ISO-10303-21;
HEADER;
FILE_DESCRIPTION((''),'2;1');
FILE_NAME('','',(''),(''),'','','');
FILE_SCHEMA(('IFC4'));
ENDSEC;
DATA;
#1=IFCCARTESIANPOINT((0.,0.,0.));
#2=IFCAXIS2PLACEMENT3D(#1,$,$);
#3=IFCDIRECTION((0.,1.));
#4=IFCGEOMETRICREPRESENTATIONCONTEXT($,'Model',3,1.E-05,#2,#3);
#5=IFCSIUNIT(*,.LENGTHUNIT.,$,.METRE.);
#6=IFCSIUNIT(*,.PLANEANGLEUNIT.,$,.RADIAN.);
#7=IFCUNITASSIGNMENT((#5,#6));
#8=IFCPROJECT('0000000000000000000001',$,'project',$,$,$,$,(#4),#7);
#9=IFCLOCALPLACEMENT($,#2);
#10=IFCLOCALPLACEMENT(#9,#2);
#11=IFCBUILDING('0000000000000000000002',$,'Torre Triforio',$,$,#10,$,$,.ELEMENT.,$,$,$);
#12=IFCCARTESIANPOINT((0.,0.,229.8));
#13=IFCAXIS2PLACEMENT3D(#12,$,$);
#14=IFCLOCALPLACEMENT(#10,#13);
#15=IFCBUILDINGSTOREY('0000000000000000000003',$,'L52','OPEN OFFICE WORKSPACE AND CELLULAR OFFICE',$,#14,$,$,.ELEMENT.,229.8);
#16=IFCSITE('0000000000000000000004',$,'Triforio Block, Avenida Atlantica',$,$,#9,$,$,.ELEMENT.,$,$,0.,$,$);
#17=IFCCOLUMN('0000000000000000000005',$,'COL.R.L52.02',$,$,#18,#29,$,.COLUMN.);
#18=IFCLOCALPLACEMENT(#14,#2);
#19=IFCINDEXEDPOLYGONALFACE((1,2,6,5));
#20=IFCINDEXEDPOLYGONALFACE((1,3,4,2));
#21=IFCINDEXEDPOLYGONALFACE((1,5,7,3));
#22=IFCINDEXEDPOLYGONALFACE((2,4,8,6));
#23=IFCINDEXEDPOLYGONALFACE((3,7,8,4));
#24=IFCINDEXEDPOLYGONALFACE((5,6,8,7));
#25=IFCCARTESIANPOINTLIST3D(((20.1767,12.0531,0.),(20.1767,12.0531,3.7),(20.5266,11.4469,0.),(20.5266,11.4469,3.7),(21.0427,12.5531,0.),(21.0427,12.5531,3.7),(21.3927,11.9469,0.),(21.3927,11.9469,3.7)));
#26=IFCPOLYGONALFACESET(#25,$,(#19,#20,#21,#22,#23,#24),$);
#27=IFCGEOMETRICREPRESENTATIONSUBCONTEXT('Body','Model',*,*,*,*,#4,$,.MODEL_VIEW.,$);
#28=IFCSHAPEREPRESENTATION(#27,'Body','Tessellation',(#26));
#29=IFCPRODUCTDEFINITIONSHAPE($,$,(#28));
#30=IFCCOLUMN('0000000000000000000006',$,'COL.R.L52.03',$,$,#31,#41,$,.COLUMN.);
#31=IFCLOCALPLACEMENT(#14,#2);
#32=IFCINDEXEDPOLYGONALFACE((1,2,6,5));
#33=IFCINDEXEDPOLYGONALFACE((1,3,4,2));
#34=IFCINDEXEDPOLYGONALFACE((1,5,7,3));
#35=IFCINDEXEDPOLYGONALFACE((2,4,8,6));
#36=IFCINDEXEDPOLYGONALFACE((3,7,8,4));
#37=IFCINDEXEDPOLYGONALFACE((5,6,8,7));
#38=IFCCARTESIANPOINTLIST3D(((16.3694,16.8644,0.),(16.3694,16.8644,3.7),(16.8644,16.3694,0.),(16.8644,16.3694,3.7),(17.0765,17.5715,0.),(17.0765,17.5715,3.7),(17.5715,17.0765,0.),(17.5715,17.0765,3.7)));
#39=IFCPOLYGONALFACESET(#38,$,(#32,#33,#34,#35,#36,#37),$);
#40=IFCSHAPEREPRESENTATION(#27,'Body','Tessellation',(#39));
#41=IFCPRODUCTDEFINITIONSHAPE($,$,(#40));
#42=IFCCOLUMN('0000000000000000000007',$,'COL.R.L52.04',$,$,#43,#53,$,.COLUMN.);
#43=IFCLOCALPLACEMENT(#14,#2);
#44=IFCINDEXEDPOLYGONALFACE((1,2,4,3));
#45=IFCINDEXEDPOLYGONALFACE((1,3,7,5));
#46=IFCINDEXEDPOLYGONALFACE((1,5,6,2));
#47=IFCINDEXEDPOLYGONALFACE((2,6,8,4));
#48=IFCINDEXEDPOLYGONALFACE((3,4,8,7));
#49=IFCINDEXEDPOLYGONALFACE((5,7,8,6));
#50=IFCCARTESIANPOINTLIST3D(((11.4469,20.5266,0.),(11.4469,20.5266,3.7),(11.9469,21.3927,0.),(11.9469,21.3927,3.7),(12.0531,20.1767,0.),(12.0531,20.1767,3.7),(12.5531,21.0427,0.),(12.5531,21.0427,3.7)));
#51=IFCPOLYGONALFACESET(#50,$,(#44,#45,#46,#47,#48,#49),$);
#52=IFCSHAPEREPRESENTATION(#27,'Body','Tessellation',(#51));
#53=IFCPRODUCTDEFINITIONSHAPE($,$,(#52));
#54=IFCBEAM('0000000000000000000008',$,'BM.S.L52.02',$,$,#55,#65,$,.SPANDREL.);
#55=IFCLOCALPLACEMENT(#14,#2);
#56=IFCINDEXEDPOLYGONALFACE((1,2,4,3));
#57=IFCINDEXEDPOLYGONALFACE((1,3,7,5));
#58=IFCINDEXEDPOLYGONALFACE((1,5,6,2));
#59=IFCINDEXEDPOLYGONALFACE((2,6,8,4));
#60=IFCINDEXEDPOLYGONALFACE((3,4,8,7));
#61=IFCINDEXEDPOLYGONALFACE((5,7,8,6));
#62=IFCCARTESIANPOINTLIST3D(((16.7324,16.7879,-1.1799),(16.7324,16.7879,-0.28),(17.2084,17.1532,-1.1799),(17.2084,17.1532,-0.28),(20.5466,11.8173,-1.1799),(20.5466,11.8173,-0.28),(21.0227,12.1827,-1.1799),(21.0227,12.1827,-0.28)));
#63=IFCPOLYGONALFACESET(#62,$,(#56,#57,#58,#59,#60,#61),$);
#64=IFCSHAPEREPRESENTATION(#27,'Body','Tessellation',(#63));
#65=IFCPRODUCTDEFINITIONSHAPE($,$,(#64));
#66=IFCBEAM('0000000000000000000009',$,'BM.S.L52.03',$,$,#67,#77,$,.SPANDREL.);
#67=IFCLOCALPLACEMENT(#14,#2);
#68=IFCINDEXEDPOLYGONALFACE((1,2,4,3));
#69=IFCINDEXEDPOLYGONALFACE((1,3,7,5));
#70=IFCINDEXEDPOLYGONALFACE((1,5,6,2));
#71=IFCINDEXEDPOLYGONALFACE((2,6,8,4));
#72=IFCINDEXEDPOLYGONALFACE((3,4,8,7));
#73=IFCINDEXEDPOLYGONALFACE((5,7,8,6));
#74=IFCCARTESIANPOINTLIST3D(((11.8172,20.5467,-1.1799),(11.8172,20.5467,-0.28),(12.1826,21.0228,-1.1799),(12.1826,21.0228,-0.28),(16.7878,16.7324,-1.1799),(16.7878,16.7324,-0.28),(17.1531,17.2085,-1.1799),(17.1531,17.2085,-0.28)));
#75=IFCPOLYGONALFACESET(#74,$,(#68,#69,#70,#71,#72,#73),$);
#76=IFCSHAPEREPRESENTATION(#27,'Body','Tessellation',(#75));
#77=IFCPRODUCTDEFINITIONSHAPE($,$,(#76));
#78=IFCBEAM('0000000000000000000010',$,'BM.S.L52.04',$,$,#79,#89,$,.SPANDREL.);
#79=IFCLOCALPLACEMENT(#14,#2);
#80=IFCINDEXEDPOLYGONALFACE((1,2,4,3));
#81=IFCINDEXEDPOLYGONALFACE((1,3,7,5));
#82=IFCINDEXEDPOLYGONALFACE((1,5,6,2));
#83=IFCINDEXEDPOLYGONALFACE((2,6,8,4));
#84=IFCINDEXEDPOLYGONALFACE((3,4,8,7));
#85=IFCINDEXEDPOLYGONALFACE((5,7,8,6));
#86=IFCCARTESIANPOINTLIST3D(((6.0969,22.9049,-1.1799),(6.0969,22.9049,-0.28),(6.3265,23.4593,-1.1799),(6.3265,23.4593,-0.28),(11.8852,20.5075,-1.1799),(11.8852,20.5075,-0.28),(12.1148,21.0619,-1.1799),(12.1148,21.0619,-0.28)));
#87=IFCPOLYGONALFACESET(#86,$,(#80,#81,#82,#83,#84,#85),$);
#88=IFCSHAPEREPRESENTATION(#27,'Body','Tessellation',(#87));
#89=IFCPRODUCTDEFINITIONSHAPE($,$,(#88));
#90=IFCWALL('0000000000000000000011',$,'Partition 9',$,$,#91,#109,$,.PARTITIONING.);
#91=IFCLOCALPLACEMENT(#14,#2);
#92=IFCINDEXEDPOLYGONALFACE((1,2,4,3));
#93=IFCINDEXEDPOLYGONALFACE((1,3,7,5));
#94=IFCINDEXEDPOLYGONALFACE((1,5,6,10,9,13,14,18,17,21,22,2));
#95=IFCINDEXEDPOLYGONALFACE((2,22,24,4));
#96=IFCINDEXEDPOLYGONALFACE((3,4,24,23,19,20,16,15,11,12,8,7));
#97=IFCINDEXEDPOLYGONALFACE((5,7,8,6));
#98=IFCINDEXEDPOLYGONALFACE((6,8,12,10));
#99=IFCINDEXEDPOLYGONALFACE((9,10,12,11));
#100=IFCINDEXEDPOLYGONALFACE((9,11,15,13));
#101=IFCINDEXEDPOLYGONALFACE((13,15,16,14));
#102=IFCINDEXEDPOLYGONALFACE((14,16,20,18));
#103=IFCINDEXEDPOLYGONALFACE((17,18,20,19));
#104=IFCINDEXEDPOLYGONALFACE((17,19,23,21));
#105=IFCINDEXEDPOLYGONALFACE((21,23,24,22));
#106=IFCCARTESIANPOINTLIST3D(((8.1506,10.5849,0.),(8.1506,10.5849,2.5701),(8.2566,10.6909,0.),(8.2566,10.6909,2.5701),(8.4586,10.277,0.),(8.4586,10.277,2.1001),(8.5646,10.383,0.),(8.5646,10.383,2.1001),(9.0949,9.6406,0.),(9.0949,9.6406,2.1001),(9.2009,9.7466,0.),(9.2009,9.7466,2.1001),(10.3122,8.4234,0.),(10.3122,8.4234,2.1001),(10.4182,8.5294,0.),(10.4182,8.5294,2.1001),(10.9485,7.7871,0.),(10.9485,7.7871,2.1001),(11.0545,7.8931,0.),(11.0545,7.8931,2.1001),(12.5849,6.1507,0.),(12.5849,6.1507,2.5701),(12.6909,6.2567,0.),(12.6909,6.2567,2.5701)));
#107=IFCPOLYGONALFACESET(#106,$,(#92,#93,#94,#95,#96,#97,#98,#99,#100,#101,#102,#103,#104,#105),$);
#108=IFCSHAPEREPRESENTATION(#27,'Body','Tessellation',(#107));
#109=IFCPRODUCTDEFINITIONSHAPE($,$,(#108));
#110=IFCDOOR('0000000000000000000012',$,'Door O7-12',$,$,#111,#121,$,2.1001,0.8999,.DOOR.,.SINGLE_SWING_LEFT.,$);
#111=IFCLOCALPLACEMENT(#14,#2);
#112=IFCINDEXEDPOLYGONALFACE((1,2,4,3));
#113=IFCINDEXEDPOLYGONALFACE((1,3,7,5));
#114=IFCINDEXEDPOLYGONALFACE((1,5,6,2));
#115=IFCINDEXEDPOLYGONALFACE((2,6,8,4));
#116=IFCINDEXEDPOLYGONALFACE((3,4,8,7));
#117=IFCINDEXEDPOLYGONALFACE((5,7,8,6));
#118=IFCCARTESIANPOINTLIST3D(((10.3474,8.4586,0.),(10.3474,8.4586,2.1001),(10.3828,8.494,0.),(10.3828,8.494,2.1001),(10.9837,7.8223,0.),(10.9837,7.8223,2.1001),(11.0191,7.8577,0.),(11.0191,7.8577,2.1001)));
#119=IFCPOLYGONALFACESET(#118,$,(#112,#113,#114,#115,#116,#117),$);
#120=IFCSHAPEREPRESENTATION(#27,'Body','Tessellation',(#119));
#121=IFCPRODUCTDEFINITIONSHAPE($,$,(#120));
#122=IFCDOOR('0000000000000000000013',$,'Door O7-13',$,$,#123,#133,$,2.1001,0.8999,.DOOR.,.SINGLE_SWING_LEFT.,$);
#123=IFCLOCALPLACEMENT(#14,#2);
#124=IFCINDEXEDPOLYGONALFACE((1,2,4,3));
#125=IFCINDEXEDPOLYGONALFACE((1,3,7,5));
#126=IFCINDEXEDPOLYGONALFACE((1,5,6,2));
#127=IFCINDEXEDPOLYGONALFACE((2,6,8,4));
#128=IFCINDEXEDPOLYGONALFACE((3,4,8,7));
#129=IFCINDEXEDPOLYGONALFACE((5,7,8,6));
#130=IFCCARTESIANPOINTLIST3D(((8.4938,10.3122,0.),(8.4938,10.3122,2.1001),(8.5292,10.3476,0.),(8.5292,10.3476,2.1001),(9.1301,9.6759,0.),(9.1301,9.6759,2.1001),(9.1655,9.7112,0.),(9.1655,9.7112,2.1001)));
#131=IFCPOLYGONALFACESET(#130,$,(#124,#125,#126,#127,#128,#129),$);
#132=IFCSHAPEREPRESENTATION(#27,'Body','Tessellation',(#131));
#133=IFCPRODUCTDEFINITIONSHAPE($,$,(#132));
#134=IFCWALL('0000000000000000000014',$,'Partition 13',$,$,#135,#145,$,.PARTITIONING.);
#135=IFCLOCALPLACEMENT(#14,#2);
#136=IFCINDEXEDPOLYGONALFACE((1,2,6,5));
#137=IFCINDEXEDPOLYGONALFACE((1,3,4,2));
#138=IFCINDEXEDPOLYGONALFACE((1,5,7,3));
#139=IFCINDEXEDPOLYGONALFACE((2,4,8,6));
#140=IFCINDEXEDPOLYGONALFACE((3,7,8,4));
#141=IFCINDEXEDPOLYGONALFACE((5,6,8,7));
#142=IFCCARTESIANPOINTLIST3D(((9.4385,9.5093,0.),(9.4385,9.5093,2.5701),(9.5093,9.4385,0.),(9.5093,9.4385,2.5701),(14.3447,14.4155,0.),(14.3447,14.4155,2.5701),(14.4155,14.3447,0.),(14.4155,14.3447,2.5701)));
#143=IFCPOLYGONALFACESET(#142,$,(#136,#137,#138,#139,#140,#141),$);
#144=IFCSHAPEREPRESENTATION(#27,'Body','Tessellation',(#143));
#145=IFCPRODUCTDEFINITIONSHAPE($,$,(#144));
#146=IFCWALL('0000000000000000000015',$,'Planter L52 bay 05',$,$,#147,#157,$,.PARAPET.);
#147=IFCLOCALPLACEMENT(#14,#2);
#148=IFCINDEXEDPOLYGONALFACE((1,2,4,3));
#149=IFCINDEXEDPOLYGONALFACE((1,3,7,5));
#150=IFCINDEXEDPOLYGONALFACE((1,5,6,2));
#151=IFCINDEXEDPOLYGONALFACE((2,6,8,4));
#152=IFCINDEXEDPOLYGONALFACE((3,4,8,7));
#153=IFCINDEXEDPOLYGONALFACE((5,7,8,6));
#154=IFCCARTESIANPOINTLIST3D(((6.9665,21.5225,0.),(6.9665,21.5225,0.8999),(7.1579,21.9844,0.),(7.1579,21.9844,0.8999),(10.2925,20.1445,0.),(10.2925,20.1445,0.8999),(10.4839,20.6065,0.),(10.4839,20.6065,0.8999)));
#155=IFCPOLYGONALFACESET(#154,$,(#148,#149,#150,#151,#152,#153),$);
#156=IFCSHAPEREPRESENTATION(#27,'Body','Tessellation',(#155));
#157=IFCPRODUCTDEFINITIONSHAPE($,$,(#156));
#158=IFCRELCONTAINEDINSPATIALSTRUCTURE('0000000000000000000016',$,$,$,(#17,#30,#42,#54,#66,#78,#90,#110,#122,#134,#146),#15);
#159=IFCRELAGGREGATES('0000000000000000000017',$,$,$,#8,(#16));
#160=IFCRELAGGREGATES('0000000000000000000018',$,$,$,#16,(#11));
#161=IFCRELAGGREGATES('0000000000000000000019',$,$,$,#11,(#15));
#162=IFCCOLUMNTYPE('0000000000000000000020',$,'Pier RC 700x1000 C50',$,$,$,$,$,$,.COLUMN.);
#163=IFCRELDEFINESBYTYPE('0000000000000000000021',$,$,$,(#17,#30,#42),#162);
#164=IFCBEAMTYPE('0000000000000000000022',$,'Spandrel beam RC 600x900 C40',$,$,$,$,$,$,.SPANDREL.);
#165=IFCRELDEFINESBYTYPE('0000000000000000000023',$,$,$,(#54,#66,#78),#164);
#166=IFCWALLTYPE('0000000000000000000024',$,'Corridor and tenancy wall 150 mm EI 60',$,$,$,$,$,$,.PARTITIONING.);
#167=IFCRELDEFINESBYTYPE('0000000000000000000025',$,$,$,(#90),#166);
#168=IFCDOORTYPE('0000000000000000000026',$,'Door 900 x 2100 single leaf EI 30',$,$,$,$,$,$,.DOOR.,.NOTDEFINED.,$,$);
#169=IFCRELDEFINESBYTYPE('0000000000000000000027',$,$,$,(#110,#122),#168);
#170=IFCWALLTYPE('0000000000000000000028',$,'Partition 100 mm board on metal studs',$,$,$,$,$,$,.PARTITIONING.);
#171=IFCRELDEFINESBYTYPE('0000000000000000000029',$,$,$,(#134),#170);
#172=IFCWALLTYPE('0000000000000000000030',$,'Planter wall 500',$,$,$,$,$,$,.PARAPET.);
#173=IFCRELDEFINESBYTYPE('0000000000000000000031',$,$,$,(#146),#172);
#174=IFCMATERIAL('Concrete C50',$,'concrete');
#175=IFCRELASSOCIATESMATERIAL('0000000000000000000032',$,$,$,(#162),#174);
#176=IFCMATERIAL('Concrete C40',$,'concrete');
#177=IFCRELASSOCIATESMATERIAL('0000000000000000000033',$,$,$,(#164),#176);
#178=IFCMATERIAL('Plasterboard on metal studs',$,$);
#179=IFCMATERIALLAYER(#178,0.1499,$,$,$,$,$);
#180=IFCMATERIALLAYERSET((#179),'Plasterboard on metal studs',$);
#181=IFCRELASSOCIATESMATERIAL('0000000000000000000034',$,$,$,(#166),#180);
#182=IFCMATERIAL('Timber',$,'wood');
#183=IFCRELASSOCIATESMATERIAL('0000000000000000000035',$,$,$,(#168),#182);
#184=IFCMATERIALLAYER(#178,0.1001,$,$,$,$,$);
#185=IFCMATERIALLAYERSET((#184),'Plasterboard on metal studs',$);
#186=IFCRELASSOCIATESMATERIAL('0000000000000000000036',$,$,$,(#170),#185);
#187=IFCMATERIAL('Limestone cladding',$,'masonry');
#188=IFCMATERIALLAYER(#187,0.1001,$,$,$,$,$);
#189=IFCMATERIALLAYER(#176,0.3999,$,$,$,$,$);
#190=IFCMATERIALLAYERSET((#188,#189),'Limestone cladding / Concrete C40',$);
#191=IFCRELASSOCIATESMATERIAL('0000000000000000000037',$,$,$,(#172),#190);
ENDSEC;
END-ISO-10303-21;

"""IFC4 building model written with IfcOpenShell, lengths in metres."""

from ifc_helpers import new_model, si_unit, direction, frame, frame_2d, origin, origin_2d, place, context, subcontext, project, spatial, rectangle, extrude, material, layer, layer_set, material_profile, profile_set, type_object, element, fill, save


model = new_model("IFC4")

# Units and contexts
model_context = context("Model", 3, precision=1e-05, world=origin(), true_north=direction((0.0, 1.0)))
body_context = subcontext(model_context, "Body", "Model", "MODEL_VIEW")
ifc_project = project(units=[si_unit("LENGTHUNIT", "METRE"), si_unit("PLANEANGLEUNIT", "RADIAN")], contexts=[model_context])

# Site, building, storey
site_placement = place(None, origin())
site = spatial("IfcSite", under=ifc_project, at=site_placement, Name="Triforio Block, Avenida Atlantica", CompositionType="ELEMENT", RefElevation=0.0)
building_placement = place(site_placement, origin())
building = spatial("IfcBuilding", under=site, at=building_placement, Name="Torre Triforio", CompositionType="ELEMENT")
storey_placement = place(building_placement, frame((0.0, 0.0, 229.8)))
storey = spatial("IfcBuildingStorey", under=building, at=storey_placement, Name="L52", Description="OPEN OFFICE WORKSPACE AND CELLULAR OFFICE", CompositionType="ELEMENT", Elevation=229.8)

# Columns
ifc_material_1 = material(Name="Concrete C50", Category="concrete")
ifc_material_profile_1 = material_profile(ifc_material_1, rectangle(XDim=0.7, YDim=1.0, at=origin_2d()), Name="RC 700x1000")
ifc_profile_set_1 = profile_set([ifc_material_profile_1], Name="Concrete C50")
column_type = type_object("IfcColumnType", Name="Pier RC 700x1000 C50", PredefinedType="COLUMN", material=ifc_profile_set_1)
for number, where, z_axis, x_axis, name in (
    (1, (20.7847, 12.0, 0.0), (0.0, 0.0, 1.0), (-0.5, 0.866025, 0.0), "COL.R.L52.02"),
    (2, (16.9705, 16.9705, 0.0), (0.0, 0.0, 1.0), (-0.707107, 0.707107, 0.0), "COL.R.L52.03"),
    (3, (12.0, 20.7847, 0.0), (0.0, 0.0, 1.0), (-0.866025, 0.5, 0.0), "COL.R.L52.04"),
):
    element("IfcColumn", number, at=place(storey_placement, frame(where, z_axis=z_axis, x_axis=x_axis)), inside=storey, type_object=column_type, Name=name, PredefinedType="COLUMN", context=body_context, shape_type="SweptSolid", body=[
        extrude(rectangle(XDim=0.7, YDim=1.0, at=origin_2d()), origin(), (0.0, 0.0, 1.0), 3.7),
    ])

# Beams
ifc_material_2 = material(Name="Concrete C40", Category="concrete")
ifc_material_profile_2 = material_profile(ifc_material_2, rectangle(XDim=0.6001, YDim=0.8999, at=origin_2d()), Name="RC 600x900")
ifc_profile_set_2 = profile_set([ifc_material_profile_2], Name="Concrete C40")
beam_type = type_object("IfcBeamType", Name="Spandrel beam RC 600x900 C40", PredefinedType="SPANDREL", material=ifc_profile_set_2)
for number, where, z_axis, x_axis, name in (
    (4, (20.7847, 12.0, -0.73), (-0.608786, 0.793335, 0.0), (-0.793335, -0.608786, 0.0), "BM.S.L52.02"),
    (5, (16.9705, 16.9705, -0.73), (-0.793335, 0.608786, 0.0), (-0.608786, -0.793335, 0.0), "BM.S.L52.03"),
):
    element("IfcBeam", number, at=place(storey_placement, frame(where, z_axis=z_axis, x_axis=x_axis)), inside=storey, type_object=beam_type, Name=name, PredefinedType="SPANDREL", context=body_context, shape_type="SweptSolid", body=[
        extrude(rectangle(XDim=0.6001, YDim=0.8999, at=origin_2d()), origin(), (0.0, 0.0, 1.0), 6.2654),
    ])
beam_placement = place(storey_placement, frame((12.0, 20.7847, -0.73), z_axis=(-0.923888, 0.382664, 0.0), x_axis=(-0.382664, -0.923888, 0.0)))
element("IfcBeam", 6, at=beam_placement, inside=storey, type_object=beam_type, Name="BM.S.L52.04", PredefinedType="SPANDREL", context=body_context, shape_type="SweptSolid", body=[
    extrude(rectangle(XDim=0.6001, YDim=0.8999, at=origin_2d()), origin(), (0.0, 0.0, 1.0), 6.2651),
])

# Wall, openings, doors
ifc_material_3 = material(Name="Plasterboard on metal studs")
ifc_layer_1 = layer(ifc_material_3, 0.1499)
ifc_layer_set_1 = layer_set([ifc_layer_1], Name="Plasterboard on metal studs")
wall_type_1 = type_object("IfcWallType", Name="Corridor and tenancy wall 150 mm EI 60", PredefinedType="PARTITIONING", material=ifc_layer_set_1)
wall_1_placement = place(storey_placement, frame((8.2036, 10.6379, 0.0), z_axis=(0.0, 0.0, 1.0), x_axis=(0.707107, -0.707107, 0.0)))
wall_1 = element("IfcWall", 7, at=wall_1_placement, inside=storey, type_object=wall_type_1, Name="Partition 9", PredefinedType="PARTITIONING", context=body_context, shape_type="SweptSolid", body=[
    extrude(rectangle(XDim=6.271, YDim=0.1499, at=frame_2d((3.1355, 0.0))), origin(), (0.0, 0.0, 1.0), 2.5701),
])
opening_1_placement = place(wall_1_placement, frame((3.0569, 0.0, 0.0)))
opening_1 = element("IfcOpeningElement", 8, at=opening_1_placement, cuts=wall_1, PredefinedType="OPENING", context=body_context, shape_type="SweptSolid", body=[
    extrude(rectangle(XDim=0.8999, YDim=2.1001, at=frame_2d((0.45, 1.05))), frame((0.0, 0.085, 0.0), z_axis=(0.0, -1.0, 0.0), x_axis=(1.0, 0.0, 0.0)), (0.0, 0.0, 1.0), 0.1699),
])
opening_2_placement = place(wall_1_placement, frame((0.4355, 0.0, 0.0)))
opening_2 = element("IfcOpeningElement", 9, at=opening_2_placement, cuts=wall_1, PredefinedType="OPENING", context=body_context, shape_type="SweptSolid", body=[
    extrude(rectangle(XDim=0.8999, YDim=2.1001, at=frame_2d((0.45, 1.05))), frame((0.0, 0.085, 0.0), z_axis=(0.0, -1.0, 0.0), x_axis=(1.0, 0.0, 0.0)), (0.0, 0.0, 1.0), 0.1699),
])
ifc_material_4 = material(Name="Timber", Category="wood")
door_type_1 = type_object("IfcDoorType", Name="Door 900 x 2100 single leaf EI 30", OperationType="NOTDEFINED", PredefinedType="DOOR", material=ifc_material_4)
door_1_placement = place(opening_1_placement, origin())
door_1 = element("IfcDoor", 10, at=door_1_placement, inside=storey, type_object=door_type_1, Name="Door O7-12", OperationType="SINGLE_SWING_LEFT", OverallHeight=2.1001, OverallWidth=0.8999, PredefinedType="DOOR", context=body_context, shape_type="SweptSolid", body=[
    extrude(rectangle(XDim=0.8999, YDim=2.1001, at=frame_2d((0.45, 1.05))), frame((0.0, 0.0249, 0.0), z_axis=(0.0, -1.0, 0.0), x_axis=(1.0, 0.0, 0.0)), (0.0, 0.0, 1.0), 0.05),
])
fill(opening_1, door_1)
door_2_placement = place(opening_2_placement, origin())
door_2 = element("IfcDoor", 11, at=door_2_placement, inside=storey, type_object=door_type_1, Name="Door O7-13", OperationType="SINGLE_SWING_LEFT", OverallHeight=2.1001, OverallWidth=0.8999, PredefinedType="DOOR", context=body_context, shape_type="SweptSolid", body=[
    extrude(rectangle(XDim=0.8999, YDim=2.1001, at=frame_2d((0.45, 1.05))), frame((0.0, 0.0249, 0.0), z_axis=(0.0, -1.0, 0.0), x_axis=(1.0, 0.0, 0.0)), (0.0, 0.0, 1.0), 0.05),
])
fill(opening_2, door_2)

# Walls
ifc_layer_2 = layer(ifc_material_3, 0.1001)
ifc_layer_set_2 = layer_set([ifc_layer_2], Name="Plasterboard on metal studs")
wall_type_2 = type_object("IfcWallType", Name="Partition 100 mm board on metal studs", PredefinedType="PARTITIONING", material=ifc_layer_set_2)
wall_2_placement = place(storey_placement, frame((9.4739, 9.4739, 0.0), z_axis=(0.0, 0.0, 1.0), x_axis=(0.707107, 0.707107, 0.0)))
element("IfcWall", 12, at=wall_2_placement, inside=storey, type_object=wall_type_2, Name="Partition 13", PredefinedType="PARTITIONING", context=body_context, shape_type="SweptSolid", body=[
    extrude(rectangle(XDim=6.9385, YDim=0.1001, at=frame_2d((3.4692, 0.0))), origin(), (0.0, 0.0, 1.0), 2.5701),
])
ifc_material_5 = material(Name="Limestone cladding", Category="masonry")
ifc_layer_3 = layer(ifc_material_5, 0.1001)
ifc_layer_4 = layer(ifc_material_2, 0.3999)
ifc_layer_set_3 = layer_set([ifc_layer_3, ifc_layer_4], Name="Limestone cladding / Concrete C40")
wall_type_3 = type_object("IfcWallType", Name="Planter wall 500", PredefinedType="PARAPET", material=ifc_layer_set_3)
wall_3_placement = place(storey_placement, frame((10.3882, 20.3755, 0.0), z_axis=(0.0, 0.0, 1.0), x_axis=(-0.923852, 0.382751, 0.0)))
element("IfcWall", 13, at=wall_3_placement, inside=storey, type_object=wall_type_3, Name="Planter L52 bay 05", PredefinedType="PARAPET", context=body_context, shape_type="SweptSolid", body=[
    extrude(rectangle(XDim=3.6001, YDim=0.5, at=frame_2d((1.8, 0.0))), origin(), (0.0, 0.0, 1.0), 0.8999),
])

save(model, "model.ifc")
